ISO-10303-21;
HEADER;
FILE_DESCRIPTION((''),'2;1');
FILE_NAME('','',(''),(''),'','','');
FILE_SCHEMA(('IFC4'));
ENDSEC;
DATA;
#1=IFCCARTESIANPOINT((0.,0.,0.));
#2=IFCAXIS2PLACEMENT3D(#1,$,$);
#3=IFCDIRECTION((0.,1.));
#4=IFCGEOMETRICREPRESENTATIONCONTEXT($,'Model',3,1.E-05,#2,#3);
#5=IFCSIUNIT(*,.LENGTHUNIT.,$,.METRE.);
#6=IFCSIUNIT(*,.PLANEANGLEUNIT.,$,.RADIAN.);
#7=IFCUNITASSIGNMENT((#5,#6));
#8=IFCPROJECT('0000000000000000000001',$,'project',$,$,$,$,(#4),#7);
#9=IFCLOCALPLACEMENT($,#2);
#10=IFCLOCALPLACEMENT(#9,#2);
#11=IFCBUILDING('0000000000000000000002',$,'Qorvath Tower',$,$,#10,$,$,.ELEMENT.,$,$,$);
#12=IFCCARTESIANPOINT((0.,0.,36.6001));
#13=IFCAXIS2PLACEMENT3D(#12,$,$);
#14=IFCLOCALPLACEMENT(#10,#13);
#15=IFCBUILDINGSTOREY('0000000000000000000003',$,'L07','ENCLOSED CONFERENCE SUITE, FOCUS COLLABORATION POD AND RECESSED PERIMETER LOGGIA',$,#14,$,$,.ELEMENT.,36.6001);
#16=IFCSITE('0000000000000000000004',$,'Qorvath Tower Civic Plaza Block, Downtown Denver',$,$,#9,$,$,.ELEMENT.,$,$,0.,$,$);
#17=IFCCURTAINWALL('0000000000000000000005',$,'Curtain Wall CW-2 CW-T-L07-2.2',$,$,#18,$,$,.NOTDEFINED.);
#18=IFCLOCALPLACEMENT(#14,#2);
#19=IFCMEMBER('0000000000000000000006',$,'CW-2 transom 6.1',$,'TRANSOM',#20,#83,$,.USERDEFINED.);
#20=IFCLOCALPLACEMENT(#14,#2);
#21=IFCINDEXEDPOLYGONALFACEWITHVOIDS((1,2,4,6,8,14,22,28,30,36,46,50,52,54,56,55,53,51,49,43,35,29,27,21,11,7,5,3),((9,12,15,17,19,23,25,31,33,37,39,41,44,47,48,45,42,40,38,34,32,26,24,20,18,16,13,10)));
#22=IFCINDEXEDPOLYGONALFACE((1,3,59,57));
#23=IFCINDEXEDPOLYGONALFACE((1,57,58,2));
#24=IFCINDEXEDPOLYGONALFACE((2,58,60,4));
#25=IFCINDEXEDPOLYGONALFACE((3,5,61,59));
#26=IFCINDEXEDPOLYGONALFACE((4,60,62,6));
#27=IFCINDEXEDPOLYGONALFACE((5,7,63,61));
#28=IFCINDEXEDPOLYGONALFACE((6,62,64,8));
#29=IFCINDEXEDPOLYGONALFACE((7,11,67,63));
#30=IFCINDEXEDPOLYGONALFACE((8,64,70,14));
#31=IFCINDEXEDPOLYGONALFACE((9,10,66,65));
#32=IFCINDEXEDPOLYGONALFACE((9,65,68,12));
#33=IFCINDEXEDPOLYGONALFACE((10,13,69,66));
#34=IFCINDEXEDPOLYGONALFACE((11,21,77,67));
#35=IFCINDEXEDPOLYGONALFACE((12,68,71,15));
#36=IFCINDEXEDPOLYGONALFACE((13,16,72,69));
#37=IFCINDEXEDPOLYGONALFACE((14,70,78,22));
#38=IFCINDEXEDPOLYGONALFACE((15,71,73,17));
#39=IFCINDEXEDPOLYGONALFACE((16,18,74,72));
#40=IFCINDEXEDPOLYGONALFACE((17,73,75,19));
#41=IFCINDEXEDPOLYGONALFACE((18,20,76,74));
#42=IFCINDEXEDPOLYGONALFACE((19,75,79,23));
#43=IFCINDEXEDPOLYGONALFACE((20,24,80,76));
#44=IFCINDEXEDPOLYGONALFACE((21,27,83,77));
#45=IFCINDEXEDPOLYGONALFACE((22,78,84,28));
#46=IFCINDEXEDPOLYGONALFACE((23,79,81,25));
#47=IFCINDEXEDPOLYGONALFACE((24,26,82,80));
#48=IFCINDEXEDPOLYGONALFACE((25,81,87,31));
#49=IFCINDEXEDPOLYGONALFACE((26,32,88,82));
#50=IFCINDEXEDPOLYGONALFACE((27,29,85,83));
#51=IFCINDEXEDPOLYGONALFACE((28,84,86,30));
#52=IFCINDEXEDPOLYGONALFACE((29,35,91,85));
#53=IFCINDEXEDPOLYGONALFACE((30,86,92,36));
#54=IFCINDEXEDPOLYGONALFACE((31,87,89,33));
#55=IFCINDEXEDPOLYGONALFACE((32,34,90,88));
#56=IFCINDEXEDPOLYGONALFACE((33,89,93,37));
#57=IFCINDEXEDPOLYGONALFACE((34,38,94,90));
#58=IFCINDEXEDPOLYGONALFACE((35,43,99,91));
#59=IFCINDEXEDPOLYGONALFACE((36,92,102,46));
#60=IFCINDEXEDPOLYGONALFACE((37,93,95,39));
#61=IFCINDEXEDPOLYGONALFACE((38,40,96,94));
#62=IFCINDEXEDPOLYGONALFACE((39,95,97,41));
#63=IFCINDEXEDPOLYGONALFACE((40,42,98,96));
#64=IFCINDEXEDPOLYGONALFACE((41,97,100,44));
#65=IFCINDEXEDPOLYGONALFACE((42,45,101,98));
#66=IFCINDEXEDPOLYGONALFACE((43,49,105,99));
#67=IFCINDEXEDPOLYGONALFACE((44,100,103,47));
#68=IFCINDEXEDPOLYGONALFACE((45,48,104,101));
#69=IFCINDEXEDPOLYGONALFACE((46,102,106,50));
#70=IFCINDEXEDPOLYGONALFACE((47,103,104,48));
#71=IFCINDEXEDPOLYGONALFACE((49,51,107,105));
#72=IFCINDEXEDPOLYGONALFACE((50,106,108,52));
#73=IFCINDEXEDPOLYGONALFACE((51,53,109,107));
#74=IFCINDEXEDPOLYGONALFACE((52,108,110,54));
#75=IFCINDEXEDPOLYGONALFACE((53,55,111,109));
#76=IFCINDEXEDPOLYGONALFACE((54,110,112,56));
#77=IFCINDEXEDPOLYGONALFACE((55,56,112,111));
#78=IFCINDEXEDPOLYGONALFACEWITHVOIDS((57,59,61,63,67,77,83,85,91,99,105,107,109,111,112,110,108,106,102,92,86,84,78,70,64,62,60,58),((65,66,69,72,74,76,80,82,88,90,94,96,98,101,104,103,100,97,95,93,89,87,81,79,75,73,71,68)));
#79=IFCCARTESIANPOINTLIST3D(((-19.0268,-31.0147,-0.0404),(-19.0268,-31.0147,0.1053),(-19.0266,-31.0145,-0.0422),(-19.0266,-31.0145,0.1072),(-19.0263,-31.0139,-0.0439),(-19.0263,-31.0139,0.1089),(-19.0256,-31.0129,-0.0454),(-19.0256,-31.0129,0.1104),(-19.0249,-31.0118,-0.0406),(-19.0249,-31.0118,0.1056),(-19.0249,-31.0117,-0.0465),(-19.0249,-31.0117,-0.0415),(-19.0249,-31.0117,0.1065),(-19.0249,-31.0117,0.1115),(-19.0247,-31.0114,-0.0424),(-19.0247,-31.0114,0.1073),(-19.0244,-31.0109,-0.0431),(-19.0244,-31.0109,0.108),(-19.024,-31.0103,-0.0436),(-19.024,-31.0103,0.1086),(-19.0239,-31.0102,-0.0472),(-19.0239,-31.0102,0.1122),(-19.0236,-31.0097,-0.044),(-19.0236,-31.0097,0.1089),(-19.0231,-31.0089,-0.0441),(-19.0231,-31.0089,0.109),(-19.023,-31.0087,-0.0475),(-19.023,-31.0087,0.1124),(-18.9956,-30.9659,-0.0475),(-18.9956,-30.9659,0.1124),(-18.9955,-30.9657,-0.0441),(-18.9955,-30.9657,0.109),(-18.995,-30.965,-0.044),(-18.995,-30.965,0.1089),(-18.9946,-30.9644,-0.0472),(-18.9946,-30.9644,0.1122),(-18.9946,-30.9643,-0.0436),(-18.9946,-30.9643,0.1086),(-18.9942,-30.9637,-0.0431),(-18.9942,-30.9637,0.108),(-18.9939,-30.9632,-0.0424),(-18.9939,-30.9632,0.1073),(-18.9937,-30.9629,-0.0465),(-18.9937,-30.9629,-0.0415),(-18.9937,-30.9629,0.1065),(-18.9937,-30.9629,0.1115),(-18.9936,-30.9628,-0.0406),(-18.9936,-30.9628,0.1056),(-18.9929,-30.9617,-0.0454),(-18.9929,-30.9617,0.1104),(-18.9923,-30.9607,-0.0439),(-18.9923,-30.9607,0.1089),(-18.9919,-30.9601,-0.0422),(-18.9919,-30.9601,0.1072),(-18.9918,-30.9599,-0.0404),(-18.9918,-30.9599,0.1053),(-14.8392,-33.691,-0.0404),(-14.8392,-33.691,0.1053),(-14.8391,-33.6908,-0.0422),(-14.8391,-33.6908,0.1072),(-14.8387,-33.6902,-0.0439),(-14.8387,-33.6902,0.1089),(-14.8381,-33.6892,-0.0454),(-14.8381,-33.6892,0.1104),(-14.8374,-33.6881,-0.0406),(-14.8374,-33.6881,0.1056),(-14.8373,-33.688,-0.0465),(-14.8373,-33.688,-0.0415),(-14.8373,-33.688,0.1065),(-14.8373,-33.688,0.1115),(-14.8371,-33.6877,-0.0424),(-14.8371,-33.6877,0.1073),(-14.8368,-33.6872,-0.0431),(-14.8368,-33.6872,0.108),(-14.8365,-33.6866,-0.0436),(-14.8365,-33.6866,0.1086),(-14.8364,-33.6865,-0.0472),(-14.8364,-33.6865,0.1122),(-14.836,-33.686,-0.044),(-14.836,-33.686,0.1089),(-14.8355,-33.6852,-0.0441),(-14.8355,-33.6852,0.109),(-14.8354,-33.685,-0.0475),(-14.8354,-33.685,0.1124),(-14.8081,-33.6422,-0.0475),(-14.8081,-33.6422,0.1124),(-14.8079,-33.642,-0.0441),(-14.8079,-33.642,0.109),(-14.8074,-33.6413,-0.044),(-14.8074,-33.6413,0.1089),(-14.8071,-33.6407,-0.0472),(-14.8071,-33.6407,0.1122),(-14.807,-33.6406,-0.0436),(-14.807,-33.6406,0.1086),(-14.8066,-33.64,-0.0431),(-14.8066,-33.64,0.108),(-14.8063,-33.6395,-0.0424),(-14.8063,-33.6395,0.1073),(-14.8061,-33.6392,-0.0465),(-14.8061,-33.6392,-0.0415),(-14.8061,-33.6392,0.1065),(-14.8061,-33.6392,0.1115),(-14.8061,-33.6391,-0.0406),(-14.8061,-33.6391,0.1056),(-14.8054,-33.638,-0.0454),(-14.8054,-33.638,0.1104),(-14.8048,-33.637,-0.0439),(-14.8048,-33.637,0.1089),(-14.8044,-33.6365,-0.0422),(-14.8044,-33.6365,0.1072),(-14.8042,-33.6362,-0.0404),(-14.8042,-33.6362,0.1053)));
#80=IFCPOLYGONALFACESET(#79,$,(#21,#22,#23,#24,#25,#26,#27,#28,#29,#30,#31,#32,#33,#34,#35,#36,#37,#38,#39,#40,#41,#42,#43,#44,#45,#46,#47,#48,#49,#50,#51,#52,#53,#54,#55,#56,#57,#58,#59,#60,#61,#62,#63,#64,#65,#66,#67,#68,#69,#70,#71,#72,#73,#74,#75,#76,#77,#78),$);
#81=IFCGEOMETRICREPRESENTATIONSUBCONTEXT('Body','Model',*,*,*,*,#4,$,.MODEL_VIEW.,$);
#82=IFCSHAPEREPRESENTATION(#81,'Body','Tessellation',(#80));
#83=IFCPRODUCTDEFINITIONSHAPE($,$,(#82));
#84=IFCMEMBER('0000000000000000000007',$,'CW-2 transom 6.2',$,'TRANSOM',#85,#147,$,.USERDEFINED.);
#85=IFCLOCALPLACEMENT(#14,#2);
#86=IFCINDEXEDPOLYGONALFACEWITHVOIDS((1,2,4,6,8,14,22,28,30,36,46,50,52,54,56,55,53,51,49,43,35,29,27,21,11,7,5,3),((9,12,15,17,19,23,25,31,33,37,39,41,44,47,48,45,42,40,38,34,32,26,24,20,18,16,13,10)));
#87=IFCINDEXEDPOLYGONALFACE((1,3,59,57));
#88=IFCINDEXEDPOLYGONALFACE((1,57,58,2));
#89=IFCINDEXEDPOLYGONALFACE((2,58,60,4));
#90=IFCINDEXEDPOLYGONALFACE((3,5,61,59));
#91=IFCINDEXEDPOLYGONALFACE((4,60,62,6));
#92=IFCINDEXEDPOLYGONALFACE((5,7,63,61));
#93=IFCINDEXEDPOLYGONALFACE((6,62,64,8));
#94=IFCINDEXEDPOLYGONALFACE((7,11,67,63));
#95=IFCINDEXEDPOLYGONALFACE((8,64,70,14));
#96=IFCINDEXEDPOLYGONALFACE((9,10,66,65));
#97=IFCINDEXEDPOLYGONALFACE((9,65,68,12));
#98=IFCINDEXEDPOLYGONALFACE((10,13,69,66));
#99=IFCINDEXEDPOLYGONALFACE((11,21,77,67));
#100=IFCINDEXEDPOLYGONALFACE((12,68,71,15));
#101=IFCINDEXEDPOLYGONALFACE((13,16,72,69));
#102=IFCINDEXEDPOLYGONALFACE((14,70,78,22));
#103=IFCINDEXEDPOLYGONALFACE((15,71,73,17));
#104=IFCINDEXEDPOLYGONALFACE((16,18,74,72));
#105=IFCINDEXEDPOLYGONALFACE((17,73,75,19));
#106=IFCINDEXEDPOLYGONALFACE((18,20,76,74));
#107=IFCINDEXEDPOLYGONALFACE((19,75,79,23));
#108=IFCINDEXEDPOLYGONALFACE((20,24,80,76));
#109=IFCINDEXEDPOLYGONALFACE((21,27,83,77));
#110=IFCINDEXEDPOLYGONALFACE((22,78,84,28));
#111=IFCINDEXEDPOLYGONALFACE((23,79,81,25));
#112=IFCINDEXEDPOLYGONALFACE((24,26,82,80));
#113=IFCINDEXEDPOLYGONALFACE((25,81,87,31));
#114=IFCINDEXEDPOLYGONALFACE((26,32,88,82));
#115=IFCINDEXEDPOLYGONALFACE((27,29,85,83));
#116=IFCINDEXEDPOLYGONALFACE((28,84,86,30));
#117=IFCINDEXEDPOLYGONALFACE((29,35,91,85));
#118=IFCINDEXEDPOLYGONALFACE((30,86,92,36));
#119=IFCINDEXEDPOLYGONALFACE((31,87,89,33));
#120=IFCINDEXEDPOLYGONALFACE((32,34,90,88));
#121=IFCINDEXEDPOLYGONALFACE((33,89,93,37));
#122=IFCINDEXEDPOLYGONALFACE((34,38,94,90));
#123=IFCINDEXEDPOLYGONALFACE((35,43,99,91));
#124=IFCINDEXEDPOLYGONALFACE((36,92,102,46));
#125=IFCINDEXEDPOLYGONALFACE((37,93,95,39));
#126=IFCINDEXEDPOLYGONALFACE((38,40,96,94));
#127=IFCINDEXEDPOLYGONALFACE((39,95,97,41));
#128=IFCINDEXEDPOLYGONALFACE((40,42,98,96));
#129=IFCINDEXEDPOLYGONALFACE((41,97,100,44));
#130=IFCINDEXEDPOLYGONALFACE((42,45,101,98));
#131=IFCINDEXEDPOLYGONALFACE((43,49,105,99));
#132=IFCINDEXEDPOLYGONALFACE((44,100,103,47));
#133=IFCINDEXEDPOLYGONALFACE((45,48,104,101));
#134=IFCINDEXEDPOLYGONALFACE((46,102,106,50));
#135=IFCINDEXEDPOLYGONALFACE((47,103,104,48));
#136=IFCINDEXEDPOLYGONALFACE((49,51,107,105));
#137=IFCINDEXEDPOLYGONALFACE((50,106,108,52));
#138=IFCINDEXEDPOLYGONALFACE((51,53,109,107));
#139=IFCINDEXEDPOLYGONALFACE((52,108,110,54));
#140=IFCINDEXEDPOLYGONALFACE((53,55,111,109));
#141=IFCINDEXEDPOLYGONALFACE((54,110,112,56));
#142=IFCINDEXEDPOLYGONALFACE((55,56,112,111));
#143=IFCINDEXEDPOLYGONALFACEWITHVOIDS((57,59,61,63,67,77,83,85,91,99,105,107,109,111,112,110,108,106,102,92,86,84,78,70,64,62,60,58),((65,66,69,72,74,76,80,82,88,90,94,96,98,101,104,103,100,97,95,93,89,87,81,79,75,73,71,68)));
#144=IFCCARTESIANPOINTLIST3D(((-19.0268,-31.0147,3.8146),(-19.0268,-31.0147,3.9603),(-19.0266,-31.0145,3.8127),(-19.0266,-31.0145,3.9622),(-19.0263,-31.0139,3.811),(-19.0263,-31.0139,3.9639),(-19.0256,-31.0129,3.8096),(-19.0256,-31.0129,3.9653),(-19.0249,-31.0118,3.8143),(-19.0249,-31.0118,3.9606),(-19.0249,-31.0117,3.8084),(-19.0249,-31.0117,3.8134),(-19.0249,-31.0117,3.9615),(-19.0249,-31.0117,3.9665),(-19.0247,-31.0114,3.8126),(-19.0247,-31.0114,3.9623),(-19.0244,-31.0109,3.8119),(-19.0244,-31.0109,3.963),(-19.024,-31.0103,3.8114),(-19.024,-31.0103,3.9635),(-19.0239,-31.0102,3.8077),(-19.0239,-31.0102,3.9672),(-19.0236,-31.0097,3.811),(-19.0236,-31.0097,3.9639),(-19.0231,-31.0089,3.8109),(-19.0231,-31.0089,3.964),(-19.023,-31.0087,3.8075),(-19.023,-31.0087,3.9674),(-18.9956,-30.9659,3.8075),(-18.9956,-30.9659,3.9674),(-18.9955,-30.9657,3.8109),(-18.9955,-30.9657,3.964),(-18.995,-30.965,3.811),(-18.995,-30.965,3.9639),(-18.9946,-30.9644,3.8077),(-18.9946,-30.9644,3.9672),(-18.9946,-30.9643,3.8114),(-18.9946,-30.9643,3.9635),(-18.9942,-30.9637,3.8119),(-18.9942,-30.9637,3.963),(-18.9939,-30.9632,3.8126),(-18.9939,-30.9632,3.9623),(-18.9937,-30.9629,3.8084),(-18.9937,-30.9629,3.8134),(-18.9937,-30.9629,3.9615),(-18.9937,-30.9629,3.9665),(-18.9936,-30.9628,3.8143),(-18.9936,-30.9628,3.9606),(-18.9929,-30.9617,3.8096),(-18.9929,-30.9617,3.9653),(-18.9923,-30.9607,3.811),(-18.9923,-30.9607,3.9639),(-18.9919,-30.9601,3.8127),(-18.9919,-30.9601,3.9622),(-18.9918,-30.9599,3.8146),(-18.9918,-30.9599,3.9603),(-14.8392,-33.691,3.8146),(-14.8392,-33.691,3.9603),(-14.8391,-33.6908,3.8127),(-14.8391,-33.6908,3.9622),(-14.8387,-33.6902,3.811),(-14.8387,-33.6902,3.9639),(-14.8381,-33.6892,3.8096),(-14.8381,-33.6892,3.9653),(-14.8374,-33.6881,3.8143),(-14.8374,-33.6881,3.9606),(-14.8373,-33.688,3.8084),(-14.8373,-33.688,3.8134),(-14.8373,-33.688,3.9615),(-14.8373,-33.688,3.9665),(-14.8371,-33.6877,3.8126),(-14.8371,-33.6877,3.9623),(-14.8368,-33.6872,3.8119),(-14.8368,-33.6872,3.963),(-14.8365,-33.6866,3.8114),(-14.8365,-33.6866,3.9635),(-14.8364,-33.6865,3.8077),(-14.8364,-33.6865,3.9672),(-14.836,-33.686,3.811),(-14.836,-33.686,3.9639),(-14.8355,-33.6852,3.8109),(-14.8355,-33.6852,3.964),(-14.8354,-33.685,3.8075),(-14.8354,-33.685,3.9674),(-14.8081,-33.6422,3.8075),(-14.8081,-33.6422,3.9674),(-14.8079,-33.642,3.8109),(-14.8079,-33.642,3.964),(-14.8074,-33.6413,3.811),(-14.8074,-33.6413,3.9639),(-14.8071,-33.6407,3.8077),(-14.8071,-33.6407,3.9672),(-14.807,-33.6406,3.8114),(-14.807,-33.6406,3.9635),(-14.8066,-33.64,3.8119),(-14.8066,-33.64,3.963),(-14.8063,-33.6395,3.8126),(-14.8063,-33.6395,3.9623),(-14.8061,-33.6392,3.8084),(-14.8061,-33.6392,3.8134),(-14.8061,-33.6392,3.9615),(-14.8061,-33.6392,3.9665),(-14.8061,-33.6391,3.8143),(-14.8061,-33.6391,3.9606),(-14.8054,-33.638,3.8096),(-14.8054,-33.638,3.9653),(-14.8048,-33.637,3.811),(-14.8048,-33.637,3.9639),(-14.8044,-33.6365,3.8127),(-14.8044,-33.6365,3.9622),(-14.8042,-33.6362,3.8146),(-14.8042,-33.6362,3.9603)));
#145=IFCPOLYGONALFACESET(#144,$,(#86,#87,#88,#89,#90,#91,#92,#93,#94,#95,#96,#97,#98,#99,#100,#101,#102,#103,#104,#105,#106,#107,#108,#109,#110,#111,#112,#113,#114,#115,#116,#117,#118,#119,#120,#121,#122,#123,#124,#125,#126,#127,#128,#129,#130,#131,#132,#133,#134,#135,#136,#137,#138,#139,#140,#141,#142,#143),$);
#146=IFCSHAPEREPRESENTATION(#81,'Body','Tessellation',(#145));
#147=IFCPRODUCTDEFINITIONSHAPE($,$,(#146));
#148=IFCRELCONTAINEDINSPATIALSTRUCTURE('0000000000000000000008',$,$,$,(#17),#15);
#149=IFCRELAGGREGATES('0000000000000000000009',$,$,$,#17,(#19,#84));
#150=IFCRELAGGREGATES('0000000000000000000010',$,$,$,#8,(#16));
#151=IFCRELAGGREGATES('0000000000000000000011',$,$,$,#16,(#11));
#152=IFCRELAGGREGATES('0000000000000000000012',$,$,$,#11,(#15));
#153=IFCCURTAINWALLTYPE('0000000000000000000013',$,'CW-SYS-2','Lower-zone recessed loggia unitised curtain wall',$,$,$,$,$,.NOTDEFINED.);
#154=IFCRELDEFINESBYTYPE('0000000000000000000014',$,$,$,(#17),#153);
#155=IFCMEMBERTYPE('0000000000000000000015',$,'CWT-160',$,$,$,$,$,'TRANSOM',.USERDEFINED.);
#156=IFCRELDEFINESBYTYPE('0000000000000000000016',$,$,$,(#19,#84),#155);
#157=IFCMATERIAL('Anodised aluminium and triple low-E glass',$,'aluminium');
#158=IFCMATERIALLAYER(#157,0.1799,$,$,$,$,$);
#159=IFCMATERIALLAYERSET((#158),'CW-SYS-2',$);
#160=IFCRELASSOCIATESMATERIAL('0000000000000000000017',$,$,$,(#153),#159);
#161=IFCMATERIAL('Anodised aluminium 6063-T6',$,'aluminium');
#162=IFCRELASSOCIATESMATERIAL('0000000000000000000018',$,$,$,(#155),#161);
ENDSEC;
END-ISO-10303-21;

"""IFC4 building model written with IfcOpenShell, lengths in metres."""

from ifc_helpers import new_model, si_unit, direction, frame, origin, origin_2d, place, context, subcontext, project, spatial, hollow_rectangle, extrude, material, layer, layer_set, material_profile, profile_set, type_object, element, aggregate, save


model = new_model("IFC4")

# Units and contexts
model_context = context("Model", 3, precision=1e-05, world=origin(), true_north=direction((0.0, 1.0)))
body_context = subcontext(model_context, "Body", "Model", "MODEL_VIEW")
ifc_project = project(units=[si_unit("LENGTHUNIT", "METRE"), si_unit("PLANEANGLEUNIT", "RADIAN")], contexts=[model_context])

# Site, building, storey
site_placement = place(None, origin())
site = spatial("IfcSite", under=ifc_project, at=site_placement, Name="Qorvath Tower Civic Plaza Block, Downtown Denver", CompositionType="ELEMENT", RefElevation=0.0)
building_placement = place(site_placement, origin())
building = spatial("IfcBuilding", under=site, at=building_placement, Name="Qorvath Tower", CompositionType="ELEMENT")
storey_placement = place(building_placement, frame((0.0, 0.0, 36.6001)))
storey = spatial("IfcBuildingStorey", under=building, at=storey_placement, Name="L07", Description="ENCLOSED CONFERENCE SUITE, FOCUS COLLABORATION POD AND RECESSED PERIMETER LOGGIA", CompositionType="ELEMENT", Elevation=36.6001)

# Curtain wall
ifc_material_1 = material(Name="Anodised aluminium and triple low-E glass", Category="aluminium")
ifc_layer_1 = layer(ifc_material_1, 0.1799)
ifc_layer_set_1 = layer_set([ifc_layer_1], Name="CW-SYS-2")
curtain_wall_type = type_object("IfcCurtainWallType", Name="CW-SYS-2", Description="Lower-zone recessed loggia unitised curtain wall", PredefinedType="NOTDEFINED", material=ifc_layer_set_1)
curtain_wall_1_placement = place(storey_placement, origin())
curtain_wall_1 = element("IfcCurtainWall", 1, at=curtain_wall_1_placement, inside=storey, type_object=curtain_wall_type, Name="Curtain Wall CW-2 CW-T-L07-2.2", PredefinedType="NOTDEFINED")

# Members
ifc_material_2 = material(Name="Anodised aluminium 6063-T6", Category="aluminium")
ifc_material_profile_1 = material_profile(ifc_material_2, hollow_rectangle(XDim=0.0649, YDim=0.1599, WallThickness=0.0034, InnerFilletRadius=0.0034, OuterFilletRadius=0.0071, at=origin_2d()), Name="CWT 160x65")
ifc_profile_set_1 = profile_set([ifc_material_profile_1], Name="Anodised aluminium 6063-T6")
member_type_1 = type_object("IfcMemberType", Name="CWT-160", ElementType="TRANSOM", PredefinedType="USERDEFINED", material=ifc_profile_set_1)
member_1_placement = place(storey_placement, frame((-19.0093, -30.9873, 0.0325), z_axis=(0.842612, -0.538521, 0.0), x_axis=(0.538521, 0.842612, 0.0)))
member_1 = element("IfcMember", 2, at=member_1_placement, type_object=member_type_1, Name="CW-2 transom 6.1", ObjectType="TRANSOM", PredefinedType="USERDEFINED", context=body_context, shape_type="SweptSolid", body=[
    extrude(hollow_rectangle(XDim=0.0649, YDim=0.1599, WallThickness=0.0034, InnerFilletRadius=0.0034, OuterFilletRadius=0.0071, at=origin_2d()), origin(), (0.0, 0.0, 1.0), 4.9697),
])
member_2_placement = place(storey_placement, frame((-19.0093, -30.9873, 3.8875), z_axis=(0.842612, -0.538521, 0.0), x_axis=(0.538521, 0.842612, 0.0)))
member_2 = element("IfcMember", 3, at=member_2_placement, type_object=member_type_1, Name="CW-2 transom 6.2", ObjectType="TRANSOM", PredefinedType="USERDEFINED", context=body_context, shape_type="SweptSolid", body=[
    extrude(hollow_rectangle(XDim=0.0649, YDim=0.1599, WallThickness=0.0034, InnerFilletRadius=0.0034, OuterFilletRadius=0.0071, at=origin_2d()), origin(), (0.0, 0.0, 1.0), 4.9697),
])

aggregate(curtain_wall_1, [member_1, member_2])

save(model, "model.ifc")
